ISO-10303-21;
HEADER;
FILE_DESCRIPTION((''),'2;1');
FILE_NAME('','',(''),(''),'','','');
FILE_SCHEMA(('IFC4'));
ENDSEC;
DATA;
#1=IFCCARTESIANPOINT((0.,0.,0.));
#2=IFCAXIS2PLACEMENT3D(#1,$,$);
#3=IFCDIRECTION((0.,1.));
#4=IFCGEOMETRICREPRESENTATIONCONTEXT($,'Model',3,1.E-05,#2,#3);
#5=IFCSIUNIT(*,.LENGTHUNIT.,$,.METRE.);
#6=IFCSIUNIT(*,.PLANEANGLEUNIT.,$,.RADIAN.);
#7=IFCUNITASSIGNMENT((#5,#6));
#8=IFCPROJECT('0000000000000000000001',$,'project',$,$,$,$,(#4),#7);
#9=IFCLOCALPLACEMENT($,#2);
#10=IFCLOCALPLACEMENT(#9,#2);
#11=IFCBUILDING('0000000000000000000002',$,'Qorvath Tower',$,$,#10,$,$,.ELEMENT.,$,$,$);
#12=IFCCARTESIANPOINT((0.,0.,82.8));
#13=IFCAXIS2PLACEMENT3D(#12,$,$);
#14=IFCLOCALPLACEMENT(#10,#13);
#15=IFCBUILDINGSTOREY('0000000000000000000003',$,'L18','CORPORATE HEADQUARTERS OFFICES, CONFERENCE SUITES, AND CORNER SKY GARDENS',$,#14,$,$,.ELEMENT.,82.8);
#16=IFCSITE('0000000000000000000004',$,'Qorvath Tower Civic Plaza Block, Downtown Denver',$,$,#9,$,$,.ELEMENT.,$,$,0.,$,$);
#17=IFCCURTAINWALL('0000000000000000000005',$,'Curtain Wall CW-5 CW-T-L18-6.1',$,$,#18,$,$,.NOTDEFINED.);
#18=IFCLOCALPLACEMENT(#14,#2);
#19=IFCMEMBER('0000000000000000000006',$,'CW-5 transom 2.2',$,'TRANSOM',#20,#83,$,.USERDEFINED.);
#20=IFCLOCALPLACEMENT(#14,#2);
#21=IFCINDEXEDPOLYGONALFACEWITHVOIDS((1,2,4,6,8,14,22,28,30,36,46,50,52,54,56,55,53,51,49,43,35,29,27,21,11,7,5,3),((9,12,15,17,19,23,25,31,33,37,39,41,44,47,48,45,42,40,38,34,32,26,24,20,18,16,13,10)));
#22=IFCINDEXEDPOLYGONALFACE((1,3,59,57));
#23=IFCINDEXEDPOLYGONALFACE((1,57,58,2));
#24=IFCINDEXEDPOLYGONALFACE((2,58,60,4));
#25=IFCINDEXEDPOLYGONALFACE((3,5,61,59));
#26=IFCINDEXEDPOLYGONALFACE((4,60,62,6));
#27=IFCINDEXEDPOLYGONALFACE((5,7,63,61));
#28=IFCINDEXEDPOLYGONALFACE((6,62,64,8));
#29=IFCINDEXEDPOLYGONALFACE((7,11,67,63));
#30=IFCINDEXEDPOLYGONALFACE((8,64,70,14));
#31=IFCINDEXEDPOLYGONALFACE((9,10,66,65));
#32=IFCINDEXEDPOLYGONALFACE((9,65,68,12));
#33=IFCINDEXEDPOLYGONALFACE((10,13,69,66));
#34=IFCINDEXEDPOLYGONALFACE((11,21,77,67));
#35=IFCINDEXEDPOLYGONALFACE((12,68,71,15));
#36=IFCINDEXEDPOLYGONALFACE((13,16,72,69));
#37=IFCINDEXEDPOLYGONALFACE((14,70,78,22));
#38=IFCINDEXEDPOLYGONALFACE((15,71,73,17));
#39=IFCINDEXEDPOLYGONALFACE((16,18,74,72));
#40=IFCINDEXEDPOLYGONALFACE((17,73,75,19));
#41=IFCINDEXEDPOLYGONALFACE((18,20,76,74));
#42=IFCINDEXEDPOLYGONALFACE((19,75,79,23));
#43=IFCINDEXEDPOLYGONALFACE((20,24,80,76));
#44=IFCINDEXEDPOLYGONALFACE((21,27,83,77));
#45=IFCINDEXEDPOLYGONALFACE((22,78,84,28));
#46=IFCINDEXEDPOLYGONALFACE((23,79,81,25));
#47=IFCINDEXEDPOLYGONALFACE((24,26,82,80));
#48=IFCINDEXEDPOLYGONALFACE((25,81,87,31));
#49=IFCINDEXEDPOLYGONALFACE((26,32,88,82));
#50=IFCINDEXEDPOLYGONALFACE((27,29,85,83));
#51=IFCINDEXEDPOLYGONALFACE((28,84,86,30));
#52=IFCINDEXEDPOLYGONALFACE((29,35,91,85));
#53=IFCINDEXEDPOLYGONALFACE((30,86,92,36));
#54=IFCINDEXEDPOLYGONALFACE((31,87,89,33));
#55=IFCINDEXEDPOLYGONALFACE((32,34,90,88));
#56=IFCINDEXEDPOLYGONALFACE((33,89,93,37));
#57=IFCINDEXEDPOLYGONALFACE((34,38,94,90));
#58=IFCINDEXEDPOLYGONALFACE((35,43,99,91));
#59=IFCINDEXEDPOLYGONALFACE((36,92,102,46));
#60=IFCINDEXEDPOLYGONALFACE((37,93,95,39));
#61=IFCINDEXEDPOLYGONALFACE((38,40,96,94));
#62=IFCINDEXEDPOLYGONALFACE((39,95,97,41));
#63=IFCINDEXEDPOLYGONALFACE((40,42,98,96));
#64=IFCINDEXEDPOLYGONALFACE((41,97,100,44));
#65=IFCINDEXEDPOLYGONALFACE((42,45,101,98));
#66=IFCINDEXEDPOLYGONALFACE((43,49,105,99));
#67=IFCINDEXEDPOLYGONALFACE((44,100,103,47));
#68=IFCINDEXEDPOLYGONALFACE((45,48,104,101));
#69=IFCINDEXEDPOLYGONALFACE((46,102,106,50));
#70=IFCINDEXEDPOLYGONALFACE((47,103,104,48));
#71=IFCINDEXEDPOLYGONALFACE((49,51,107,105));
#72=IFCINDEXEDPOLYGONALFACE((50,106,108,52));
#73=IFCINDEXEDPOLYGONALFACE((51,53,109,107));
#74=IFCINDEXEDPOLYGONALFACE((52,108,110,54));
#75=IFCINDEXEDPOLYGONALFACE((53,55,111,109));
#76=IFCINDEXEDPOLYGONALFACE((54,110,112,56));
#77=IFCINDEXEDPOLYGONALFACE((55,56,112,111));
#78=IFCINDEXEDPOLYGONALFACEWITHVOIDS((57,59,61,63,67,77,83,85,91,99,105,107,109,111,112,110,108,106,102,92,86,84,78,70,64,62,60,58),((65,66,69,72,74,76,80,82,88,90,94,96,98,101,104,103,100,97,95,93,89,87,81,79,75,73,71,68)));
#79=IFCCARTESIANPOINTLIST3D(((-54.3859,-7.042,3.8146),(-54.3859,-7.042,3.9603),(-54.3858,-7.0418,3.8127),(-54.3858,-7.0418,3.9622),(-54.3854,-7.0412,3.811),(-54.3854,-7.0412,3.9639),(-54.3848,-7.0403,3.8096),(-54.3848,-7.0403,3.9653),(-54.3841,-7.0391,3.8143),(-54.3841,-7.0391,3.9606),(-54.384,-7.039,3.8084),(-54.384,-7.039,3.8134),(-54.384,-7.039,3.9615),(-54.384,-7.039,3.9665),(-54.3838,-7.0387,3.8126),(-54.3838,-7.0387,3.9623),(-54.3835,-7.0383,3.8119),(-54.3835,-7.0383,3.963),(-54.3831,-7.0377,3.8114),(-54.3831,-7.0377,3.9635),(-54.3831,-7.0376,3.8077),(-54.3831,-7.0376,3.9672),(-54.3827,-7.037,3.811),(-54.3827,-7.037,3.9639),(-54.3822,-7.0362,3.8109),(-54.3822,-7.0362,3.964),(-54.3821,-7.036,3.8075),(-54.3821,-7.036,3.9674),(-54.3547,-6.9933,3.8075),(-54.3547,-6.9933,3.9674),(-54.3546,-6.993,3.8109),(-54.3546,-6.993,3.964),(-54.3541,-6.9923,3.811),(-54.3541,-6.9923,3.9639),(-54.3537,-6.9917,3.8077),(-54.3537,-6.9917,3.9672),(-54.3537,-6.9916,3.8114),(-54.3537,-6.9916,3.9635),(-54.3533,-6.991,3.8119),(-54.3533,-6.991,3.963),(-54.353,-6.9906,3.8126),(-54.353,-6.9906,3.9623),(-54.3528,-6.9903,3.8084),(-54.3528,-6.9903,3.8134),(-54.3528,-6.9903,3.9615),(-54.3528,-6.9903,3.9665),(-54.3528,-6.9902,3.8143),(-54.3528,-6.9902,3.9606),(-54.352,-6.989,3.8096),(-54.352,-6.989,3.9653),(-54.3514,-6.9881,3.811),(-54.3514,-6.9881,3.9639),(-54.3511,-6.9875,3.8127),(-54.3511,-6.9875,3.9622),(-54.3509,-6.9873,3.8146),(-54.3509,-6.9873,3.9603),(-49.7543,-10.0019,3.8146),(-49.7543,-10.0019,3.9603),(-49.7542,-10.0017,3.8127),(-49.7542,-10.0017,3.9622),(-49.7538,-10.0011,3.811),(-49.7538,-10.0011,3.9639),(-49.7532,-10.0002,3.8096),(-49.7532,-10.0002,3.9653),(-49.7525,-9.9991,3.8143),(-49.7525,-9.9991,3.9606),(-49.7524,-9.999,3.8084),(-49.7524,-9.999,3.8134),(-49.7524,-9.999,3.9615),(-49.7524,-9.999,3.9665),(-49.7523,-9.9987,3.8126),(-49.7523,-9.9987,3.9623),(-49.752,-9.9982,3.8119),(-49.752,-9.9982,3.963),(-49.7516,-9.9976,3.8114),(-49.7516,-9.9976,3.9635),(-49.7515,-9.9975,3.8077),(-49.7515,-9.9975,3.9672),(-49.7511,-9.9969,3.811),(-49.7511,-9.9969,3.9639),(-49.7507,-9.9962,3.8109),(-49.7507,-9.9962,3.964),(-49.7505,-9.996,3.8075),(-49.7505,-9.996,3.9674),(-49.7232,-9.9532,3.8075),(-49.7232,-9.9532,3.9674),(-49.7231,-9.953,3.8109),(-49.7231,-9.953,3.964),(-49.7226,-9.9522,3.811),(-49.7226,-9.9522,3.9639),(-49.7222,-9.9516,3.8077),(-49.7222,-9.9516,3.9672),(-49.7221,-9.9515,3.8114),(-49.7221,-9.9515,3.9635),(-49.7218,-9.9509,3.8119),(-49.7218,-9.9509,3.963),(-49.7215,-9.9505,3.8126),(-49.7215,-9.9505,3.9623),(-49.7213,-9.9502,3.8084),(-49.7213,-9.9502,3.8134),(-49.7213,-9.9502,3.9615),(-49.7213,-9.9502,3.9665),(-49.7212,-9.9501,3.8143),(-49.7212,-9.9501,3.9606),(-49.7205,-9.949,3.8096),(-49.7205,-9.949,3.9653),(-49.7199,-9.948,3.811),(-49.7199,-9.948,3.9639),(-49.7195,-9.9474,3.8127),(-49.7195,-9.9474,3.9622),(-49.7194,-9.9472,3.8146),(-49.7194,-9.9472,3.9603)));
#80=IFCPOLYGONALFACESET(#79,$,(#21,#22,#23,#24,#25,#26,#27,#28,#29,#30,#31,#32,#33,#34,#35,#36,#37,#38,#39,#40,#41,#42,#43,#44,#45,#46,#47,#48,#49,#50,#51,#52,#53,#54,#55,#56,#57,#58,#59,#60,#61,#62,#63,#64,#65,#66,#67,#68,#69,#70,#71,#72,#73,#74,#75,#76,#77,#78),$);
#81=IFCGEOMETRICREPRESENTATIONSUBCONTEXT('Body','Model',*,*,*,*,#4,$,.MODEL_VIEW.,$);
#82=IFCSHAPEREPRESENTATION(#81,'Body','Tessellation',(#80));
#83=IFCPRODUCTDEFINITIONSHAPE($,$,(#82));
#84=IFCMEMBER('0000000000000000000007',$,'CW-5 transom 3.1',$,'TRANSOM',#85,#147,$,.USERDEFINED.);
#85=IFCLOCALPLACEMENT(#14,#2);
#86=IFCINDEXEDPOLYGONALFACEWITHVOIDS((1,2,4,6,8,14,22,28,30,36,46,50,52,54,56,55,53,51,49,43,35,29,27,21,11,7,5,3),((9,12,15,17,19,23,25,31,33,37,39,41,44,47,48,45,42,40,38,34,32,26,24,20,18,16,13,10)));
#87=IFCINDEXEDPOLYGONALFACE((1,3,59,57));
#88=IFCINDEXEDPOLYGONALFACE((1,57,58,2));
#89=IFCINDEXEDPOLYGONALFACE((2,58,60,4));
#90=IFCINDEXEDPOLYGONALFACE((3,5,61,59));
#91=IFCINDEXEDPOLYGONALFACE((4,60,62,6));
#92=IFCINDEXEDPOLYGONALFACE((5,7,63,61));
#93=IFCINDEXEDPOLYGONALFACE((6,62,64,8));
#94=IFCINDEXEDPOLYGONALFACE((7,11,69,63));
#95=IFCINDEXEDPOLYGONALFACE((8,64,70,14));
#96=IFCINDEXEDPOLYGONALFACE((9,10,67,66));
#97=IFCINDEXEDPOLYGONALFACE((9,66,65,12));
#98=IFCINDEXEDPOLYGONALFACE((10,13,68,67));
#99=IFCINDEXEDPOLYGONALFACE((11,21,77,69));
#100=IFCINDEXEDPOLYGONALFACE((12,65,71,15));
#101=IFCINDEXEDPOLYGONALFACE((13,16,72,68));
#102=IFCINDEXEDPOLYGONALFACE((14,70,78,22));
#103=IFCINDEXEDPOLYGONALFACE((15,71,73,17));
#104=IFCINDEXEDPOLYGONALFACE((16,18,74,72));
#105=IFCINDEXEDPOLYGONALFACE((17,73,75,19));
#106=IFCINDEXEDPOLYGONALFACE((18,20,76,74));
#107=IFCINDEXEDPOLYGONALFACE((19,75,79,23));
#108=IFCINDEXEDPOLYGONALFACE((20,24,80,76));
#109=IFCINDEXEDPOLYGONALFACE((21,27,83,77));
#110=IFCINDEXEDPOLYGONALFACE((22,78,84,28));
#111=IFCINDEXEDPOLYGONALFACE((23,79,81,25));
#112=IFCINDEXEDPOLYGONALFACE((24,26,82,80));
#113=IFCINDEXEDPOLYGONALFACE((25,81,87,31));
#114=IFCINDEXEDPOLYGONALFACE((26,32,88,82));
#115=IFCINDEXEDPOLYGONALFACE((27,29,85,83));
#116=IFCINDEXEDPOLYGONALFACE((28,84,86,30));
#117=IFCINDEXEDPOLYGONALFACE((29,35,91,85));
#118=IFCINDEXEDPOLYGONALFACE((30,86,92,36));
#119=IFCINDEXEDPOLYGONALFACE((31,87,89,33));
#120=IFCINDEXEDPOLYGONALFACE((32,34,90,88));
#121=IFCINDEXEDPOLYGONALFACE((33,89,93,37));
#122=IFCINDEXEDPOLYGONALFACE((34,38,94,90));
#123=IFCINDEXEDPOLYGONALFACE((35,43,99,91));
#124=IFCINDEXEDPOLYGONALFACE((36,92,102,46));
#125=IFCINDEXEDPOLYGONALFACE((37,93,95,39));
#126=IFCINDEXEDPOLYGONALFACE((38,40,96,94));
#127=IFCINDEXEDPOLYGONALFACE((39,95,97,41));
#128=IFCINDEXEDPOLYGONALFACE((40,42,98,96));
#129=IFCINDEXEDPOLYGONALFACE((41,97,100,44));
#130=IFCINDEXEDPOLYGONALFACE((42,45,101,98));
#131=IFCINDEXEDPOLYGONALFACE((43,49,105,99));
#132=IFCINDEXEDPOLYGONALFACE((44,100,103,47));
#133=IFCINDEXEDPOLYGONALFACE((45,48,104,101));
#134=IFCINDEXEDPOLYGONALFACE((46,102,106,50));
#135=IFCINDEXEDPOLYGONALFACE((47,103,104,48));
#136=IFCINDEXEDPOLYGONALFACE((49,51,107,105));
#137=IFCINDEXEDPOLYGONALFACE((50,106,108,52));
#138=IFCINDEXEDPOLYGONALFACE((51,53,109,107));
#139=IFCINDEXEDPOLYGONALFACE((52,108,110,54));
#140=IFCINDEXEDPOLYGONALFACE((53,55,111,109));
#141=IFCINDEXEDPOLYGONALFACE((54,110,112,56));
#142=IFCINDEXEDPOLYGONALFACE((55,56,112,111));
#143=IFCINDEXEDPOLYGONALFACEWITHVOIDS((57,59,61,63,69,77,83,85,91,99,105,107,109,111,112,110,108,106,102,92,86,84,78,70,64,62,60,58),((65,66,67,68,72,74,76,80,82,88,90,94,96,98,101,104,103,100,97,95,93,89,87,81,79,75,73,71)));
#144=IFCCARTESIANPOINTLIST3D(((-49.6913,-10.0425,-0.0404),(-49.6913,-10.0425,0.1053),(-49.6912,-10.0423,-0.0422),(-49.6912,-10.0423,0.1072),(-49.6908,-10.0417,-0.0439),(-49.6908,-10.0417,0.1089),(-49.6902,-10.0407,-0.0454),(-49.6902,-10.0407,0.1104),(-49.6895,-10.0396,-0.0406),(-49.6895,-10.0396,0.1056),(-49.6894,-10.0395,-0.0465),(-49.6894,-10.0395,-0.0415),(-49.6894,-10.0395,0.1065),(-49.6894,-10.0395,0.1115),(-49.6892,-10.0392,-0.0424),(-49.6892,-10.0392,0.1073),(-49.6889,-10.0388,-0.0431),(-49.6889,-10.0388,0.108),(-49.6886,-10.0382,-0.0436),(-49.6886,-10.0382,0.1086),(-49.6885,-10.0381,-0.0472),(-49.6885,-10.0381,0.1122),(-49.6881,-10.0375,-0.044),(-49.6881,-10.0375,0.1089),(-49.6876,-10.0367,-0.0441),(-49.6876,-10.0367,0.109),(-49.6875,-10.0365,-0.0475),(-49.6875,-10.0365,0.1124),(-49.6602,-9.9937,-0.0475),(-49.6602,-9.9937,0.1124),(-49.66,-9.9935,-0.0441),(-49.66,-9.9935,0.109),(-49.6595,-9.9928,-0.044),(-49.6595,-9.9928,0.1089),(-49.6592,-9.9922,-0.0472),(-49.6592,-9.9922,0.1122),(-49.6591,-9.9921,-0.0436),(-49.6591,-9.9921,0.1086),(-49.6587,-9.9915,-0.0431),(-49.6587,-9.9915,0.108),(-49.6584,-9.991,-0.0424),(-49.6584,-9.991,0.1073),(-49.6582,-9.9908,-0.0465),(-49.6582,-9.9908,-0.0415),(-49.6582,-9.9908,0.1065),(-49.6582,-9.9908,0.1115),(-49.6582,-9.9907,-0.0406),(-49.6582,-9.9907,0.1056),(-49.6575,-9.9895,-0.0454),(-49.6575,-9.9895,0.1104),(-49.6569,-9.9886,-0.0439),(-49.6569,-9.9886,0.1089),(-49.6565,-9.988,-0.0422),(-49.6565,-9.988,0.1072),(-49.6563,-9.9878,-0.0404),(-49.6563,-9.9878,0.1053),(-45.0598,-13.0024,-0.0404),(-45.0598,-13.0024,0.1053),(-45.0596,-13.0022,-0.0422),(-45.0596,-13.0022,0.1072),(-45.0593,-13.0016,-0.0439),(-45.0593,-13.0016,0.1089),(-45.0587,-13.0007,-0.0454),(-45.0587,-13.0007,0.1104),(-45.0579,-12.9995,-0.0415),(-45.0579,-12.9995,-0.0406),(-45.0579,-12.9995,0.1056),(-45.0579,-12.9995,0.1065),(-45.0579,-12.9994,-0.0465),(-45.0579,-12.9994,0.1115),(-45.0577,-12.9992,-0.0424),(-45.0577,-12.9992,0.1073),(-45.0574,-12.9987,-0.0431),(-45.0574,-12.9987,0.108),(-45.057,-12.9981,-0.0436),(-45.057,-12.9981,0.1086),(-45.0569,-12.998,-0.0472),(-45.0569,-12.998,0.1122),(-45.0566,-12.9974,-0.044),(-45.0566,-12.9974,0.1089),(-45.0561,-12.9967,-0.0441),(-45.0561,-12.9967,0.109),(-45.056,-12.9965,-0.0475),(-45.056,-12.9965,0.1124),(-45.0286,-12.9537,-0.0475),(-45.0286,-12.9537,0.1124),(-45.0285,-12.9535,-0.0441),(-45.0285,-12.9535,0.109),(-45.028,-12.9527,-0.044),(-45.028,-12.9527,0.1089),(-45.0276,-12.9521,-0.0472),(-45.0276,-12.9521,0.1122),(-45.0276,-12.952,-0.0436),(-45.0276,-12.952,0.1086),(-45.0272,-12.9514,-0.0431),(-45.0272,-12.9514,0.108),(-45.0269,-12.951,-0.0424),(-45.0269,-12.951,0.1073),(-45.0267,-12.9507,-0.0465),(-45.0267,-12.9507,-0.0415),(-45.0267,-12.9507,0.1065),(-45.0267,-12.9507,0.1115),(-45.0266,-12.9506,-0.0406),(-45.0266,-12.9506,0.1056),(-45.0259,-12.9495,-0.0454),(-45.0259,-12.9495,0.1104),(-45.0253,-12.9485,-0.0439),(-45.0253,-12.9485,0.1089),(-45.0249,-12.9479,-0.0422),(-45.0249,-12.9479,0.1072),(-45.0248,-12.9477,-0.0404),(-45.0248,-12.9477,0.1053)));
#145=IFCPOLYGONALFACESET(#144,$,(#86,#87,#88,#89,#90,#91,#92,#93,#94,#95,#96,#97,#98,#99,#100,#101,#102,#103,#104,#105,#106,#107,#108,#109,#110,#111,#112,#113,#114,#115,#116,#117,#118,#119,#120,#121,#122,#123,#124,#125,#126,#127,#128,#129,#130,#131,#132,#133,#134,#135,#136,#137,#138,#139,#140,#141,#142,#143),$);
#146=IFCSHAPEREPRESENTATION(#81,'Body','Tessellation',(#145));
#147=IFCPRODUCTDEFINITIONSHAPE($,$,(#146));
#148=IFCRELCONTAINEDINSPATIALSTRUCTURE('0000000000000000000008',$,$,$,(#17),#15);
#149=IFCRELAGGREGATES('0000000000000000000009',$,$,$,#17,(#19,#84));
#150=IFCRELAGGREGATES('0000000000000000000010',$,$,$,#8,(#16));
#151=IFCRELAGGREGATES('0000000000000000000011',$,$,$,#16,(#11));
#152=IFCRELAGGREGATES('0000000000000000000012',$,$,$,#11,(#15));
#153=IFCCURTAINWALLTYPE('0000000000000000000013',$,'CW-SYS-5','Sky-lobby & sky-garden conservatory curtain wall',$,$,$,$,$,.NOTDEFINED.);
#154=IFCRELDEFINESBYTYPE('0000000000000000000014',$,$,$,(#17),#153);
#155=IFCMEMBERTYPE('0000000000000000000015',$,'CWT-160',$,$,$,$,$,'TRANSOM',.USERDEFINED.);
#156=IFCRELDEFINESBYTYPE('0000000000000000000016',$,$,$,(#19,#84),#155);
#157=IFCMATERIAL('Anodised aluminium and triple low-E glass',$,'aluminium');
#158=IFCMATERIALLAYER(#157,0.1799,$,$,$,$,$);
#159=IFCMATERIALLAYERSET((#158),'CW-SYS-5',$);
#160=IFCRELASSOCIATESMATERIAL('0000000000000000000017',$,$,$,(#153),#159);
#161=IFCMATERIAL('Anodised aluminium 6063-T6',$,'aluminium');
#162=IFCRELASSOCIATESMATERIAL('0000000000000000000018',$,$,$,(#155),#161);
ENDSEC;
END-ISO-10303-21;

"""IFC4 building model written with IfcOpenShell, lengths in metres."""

from ifc_helpers import new_model, si_unit, direction, frame, origin, origin_2d, place, context, subcontext, project, spatial, hollow_rectangle, extrude, material, layer, layer_set, material_profile, profile_set, type_object, element, aggregate, save


model = new_model("IFC4")

# Units and contexts
model_context = context("Model", 3, precision=1e-05, world=origin(), true_north=direction((0.0, 1.0)))
body_context = subcontext(model_context, "Body", "Model", "MODEL_VIEW")
ifc_project = project(units=[si_unit("LENGTHUNIT", "METRE"), si_unit("PLANEANGLEUNIT", "RADIAN")], contexts=[model_context])

# Site, building, storey
site_placement = place(None, origin())
site = spatial("IfcSite", under=ifc_project, at=site_placement, Name="Qorvath Tower Civic Plaza Block, Downtown Denver", CompositionType="ELEMENT", RefElevation=0.0)
building_placement = place(site_placement, origin())
building = spatial("IfcBuilding", under=site, at=building_placement, Name="Qorvath Tower", CompositionType="ELEMENT")
storey_placement = place(building_placement, frame((0.0, 0.0, 82.8)))
storey = spatial("IfcBuildingStorey", under=building, at=storey_placement, Name="L18", Description="CORPORATE HEADQUARTERS OFFICES, CONFERENCE SUITES, AND CORNER SKY GARDENS", CompositionType="ELEMENT", Elevation=82.8)

# Shared definitions
ifc_material_1 = material(Name="Anodised aluminium and triple low-E glass", Category="aluminium")
ifc_layer_1 = layer(ifc_material_1, 0.1799)
ifc_layer_set_1 = layer_set([ifc_layer_1], Name="CW-SYS-5")
curtain_wall_type = type_object("IfcCurtainWallType", Name="CW-SYS-5", Description="Sky-lobby & sky-garden conservatory curtain wall", PredefinedType="NOTDEFINED", material=ifc_layer_set_1)

# Curtain wall, members
curtain_wall_1_placement = place(storey_placement, origin())
curtain_wall_1 = element("IfcCurtainWall", 1, at=curtain_wall_1_placement, inside=storey, type_object=curtain_wall_type, Name="Curtain Wall CW-5 CW-T-L18-6.1", PredefinedType="NOTDEFINED")
ifc_material_2 = material(Name="Anodised aluminium 6063-T6", Category="aluminium")
ifc_material_profile_1 = material_profile(ifc_material_2, hollow_rectangle(XDim=0.0649, YDim=0.1599, WallThickness=0.0034, InnerFilletRadius=0.0034, OuterFilletRadius=0.0071, at=origin_2d()), Name="CWT 160x65")
ifc_profile_set_1 = profile_set([ifc_material_profile_1], Name="Anodised aluminium 6063-T6")
member_type_1 = type_object("IfcMemberType", Name="CWT-160", ElementType="TRANSOM", PredefinedType="USERDEFINED", material=ifc_profile_set_1)
member_1_placement = place(storey_placement, frame((-54.3684, -7.0146, 3.8875), z_axis=(0.842623, -0.538504, 0.0), x_axis=(0.538504, 0.842623, 0.0)))
member_1 = element("IfcMember", 2, at=member_1_placement, type_object=member_type_1, Name="CW-5 transom 2.2", ObjectType="TRANSOM", PredefinedType="USERDEFINED", context=body_context, shape_type="SweptSolid", body=[
    extrude(hollow_rectangle(XDim=0.0649, YDim=0.1599, WallThickness=0.0034, InnerFilletRadius=0.0034, OuterFilletRadius=0.0071, at=origin_2d()), origin(), (0.0, 0.0, 1.0), 5.4966),
])
member_2_placement = place(storey_placement, frame((-49.6738, -10.0151, 0.0325), z_axis=(0.842623, -0.538504, 0.0), x_axis=(0.538504, 0.842623, 0.0)))
member_2 = element("IfcMember", 3, at=member_2_placement, type_object=member_type_1, Name="CW-5 transom 3.1", ObjectType="TRANSOM", PredefinedType="USERDEFINED", context=body_context, shape_type="SweptSolid", body=[
    extrude(hollow_rectangle(XDim=0.0649, YDim=0.1599, WallThickness=0.0034, InnerFilletRadius=0.0034, OuterFilletRadius=0.0071, at=origin_2d()), origin(), (0.0, 0.0, 1.0), 5.4966),
])

aggregate(curtain_wall_1, [member_1, member_2])

save(model, "model.ifc")
